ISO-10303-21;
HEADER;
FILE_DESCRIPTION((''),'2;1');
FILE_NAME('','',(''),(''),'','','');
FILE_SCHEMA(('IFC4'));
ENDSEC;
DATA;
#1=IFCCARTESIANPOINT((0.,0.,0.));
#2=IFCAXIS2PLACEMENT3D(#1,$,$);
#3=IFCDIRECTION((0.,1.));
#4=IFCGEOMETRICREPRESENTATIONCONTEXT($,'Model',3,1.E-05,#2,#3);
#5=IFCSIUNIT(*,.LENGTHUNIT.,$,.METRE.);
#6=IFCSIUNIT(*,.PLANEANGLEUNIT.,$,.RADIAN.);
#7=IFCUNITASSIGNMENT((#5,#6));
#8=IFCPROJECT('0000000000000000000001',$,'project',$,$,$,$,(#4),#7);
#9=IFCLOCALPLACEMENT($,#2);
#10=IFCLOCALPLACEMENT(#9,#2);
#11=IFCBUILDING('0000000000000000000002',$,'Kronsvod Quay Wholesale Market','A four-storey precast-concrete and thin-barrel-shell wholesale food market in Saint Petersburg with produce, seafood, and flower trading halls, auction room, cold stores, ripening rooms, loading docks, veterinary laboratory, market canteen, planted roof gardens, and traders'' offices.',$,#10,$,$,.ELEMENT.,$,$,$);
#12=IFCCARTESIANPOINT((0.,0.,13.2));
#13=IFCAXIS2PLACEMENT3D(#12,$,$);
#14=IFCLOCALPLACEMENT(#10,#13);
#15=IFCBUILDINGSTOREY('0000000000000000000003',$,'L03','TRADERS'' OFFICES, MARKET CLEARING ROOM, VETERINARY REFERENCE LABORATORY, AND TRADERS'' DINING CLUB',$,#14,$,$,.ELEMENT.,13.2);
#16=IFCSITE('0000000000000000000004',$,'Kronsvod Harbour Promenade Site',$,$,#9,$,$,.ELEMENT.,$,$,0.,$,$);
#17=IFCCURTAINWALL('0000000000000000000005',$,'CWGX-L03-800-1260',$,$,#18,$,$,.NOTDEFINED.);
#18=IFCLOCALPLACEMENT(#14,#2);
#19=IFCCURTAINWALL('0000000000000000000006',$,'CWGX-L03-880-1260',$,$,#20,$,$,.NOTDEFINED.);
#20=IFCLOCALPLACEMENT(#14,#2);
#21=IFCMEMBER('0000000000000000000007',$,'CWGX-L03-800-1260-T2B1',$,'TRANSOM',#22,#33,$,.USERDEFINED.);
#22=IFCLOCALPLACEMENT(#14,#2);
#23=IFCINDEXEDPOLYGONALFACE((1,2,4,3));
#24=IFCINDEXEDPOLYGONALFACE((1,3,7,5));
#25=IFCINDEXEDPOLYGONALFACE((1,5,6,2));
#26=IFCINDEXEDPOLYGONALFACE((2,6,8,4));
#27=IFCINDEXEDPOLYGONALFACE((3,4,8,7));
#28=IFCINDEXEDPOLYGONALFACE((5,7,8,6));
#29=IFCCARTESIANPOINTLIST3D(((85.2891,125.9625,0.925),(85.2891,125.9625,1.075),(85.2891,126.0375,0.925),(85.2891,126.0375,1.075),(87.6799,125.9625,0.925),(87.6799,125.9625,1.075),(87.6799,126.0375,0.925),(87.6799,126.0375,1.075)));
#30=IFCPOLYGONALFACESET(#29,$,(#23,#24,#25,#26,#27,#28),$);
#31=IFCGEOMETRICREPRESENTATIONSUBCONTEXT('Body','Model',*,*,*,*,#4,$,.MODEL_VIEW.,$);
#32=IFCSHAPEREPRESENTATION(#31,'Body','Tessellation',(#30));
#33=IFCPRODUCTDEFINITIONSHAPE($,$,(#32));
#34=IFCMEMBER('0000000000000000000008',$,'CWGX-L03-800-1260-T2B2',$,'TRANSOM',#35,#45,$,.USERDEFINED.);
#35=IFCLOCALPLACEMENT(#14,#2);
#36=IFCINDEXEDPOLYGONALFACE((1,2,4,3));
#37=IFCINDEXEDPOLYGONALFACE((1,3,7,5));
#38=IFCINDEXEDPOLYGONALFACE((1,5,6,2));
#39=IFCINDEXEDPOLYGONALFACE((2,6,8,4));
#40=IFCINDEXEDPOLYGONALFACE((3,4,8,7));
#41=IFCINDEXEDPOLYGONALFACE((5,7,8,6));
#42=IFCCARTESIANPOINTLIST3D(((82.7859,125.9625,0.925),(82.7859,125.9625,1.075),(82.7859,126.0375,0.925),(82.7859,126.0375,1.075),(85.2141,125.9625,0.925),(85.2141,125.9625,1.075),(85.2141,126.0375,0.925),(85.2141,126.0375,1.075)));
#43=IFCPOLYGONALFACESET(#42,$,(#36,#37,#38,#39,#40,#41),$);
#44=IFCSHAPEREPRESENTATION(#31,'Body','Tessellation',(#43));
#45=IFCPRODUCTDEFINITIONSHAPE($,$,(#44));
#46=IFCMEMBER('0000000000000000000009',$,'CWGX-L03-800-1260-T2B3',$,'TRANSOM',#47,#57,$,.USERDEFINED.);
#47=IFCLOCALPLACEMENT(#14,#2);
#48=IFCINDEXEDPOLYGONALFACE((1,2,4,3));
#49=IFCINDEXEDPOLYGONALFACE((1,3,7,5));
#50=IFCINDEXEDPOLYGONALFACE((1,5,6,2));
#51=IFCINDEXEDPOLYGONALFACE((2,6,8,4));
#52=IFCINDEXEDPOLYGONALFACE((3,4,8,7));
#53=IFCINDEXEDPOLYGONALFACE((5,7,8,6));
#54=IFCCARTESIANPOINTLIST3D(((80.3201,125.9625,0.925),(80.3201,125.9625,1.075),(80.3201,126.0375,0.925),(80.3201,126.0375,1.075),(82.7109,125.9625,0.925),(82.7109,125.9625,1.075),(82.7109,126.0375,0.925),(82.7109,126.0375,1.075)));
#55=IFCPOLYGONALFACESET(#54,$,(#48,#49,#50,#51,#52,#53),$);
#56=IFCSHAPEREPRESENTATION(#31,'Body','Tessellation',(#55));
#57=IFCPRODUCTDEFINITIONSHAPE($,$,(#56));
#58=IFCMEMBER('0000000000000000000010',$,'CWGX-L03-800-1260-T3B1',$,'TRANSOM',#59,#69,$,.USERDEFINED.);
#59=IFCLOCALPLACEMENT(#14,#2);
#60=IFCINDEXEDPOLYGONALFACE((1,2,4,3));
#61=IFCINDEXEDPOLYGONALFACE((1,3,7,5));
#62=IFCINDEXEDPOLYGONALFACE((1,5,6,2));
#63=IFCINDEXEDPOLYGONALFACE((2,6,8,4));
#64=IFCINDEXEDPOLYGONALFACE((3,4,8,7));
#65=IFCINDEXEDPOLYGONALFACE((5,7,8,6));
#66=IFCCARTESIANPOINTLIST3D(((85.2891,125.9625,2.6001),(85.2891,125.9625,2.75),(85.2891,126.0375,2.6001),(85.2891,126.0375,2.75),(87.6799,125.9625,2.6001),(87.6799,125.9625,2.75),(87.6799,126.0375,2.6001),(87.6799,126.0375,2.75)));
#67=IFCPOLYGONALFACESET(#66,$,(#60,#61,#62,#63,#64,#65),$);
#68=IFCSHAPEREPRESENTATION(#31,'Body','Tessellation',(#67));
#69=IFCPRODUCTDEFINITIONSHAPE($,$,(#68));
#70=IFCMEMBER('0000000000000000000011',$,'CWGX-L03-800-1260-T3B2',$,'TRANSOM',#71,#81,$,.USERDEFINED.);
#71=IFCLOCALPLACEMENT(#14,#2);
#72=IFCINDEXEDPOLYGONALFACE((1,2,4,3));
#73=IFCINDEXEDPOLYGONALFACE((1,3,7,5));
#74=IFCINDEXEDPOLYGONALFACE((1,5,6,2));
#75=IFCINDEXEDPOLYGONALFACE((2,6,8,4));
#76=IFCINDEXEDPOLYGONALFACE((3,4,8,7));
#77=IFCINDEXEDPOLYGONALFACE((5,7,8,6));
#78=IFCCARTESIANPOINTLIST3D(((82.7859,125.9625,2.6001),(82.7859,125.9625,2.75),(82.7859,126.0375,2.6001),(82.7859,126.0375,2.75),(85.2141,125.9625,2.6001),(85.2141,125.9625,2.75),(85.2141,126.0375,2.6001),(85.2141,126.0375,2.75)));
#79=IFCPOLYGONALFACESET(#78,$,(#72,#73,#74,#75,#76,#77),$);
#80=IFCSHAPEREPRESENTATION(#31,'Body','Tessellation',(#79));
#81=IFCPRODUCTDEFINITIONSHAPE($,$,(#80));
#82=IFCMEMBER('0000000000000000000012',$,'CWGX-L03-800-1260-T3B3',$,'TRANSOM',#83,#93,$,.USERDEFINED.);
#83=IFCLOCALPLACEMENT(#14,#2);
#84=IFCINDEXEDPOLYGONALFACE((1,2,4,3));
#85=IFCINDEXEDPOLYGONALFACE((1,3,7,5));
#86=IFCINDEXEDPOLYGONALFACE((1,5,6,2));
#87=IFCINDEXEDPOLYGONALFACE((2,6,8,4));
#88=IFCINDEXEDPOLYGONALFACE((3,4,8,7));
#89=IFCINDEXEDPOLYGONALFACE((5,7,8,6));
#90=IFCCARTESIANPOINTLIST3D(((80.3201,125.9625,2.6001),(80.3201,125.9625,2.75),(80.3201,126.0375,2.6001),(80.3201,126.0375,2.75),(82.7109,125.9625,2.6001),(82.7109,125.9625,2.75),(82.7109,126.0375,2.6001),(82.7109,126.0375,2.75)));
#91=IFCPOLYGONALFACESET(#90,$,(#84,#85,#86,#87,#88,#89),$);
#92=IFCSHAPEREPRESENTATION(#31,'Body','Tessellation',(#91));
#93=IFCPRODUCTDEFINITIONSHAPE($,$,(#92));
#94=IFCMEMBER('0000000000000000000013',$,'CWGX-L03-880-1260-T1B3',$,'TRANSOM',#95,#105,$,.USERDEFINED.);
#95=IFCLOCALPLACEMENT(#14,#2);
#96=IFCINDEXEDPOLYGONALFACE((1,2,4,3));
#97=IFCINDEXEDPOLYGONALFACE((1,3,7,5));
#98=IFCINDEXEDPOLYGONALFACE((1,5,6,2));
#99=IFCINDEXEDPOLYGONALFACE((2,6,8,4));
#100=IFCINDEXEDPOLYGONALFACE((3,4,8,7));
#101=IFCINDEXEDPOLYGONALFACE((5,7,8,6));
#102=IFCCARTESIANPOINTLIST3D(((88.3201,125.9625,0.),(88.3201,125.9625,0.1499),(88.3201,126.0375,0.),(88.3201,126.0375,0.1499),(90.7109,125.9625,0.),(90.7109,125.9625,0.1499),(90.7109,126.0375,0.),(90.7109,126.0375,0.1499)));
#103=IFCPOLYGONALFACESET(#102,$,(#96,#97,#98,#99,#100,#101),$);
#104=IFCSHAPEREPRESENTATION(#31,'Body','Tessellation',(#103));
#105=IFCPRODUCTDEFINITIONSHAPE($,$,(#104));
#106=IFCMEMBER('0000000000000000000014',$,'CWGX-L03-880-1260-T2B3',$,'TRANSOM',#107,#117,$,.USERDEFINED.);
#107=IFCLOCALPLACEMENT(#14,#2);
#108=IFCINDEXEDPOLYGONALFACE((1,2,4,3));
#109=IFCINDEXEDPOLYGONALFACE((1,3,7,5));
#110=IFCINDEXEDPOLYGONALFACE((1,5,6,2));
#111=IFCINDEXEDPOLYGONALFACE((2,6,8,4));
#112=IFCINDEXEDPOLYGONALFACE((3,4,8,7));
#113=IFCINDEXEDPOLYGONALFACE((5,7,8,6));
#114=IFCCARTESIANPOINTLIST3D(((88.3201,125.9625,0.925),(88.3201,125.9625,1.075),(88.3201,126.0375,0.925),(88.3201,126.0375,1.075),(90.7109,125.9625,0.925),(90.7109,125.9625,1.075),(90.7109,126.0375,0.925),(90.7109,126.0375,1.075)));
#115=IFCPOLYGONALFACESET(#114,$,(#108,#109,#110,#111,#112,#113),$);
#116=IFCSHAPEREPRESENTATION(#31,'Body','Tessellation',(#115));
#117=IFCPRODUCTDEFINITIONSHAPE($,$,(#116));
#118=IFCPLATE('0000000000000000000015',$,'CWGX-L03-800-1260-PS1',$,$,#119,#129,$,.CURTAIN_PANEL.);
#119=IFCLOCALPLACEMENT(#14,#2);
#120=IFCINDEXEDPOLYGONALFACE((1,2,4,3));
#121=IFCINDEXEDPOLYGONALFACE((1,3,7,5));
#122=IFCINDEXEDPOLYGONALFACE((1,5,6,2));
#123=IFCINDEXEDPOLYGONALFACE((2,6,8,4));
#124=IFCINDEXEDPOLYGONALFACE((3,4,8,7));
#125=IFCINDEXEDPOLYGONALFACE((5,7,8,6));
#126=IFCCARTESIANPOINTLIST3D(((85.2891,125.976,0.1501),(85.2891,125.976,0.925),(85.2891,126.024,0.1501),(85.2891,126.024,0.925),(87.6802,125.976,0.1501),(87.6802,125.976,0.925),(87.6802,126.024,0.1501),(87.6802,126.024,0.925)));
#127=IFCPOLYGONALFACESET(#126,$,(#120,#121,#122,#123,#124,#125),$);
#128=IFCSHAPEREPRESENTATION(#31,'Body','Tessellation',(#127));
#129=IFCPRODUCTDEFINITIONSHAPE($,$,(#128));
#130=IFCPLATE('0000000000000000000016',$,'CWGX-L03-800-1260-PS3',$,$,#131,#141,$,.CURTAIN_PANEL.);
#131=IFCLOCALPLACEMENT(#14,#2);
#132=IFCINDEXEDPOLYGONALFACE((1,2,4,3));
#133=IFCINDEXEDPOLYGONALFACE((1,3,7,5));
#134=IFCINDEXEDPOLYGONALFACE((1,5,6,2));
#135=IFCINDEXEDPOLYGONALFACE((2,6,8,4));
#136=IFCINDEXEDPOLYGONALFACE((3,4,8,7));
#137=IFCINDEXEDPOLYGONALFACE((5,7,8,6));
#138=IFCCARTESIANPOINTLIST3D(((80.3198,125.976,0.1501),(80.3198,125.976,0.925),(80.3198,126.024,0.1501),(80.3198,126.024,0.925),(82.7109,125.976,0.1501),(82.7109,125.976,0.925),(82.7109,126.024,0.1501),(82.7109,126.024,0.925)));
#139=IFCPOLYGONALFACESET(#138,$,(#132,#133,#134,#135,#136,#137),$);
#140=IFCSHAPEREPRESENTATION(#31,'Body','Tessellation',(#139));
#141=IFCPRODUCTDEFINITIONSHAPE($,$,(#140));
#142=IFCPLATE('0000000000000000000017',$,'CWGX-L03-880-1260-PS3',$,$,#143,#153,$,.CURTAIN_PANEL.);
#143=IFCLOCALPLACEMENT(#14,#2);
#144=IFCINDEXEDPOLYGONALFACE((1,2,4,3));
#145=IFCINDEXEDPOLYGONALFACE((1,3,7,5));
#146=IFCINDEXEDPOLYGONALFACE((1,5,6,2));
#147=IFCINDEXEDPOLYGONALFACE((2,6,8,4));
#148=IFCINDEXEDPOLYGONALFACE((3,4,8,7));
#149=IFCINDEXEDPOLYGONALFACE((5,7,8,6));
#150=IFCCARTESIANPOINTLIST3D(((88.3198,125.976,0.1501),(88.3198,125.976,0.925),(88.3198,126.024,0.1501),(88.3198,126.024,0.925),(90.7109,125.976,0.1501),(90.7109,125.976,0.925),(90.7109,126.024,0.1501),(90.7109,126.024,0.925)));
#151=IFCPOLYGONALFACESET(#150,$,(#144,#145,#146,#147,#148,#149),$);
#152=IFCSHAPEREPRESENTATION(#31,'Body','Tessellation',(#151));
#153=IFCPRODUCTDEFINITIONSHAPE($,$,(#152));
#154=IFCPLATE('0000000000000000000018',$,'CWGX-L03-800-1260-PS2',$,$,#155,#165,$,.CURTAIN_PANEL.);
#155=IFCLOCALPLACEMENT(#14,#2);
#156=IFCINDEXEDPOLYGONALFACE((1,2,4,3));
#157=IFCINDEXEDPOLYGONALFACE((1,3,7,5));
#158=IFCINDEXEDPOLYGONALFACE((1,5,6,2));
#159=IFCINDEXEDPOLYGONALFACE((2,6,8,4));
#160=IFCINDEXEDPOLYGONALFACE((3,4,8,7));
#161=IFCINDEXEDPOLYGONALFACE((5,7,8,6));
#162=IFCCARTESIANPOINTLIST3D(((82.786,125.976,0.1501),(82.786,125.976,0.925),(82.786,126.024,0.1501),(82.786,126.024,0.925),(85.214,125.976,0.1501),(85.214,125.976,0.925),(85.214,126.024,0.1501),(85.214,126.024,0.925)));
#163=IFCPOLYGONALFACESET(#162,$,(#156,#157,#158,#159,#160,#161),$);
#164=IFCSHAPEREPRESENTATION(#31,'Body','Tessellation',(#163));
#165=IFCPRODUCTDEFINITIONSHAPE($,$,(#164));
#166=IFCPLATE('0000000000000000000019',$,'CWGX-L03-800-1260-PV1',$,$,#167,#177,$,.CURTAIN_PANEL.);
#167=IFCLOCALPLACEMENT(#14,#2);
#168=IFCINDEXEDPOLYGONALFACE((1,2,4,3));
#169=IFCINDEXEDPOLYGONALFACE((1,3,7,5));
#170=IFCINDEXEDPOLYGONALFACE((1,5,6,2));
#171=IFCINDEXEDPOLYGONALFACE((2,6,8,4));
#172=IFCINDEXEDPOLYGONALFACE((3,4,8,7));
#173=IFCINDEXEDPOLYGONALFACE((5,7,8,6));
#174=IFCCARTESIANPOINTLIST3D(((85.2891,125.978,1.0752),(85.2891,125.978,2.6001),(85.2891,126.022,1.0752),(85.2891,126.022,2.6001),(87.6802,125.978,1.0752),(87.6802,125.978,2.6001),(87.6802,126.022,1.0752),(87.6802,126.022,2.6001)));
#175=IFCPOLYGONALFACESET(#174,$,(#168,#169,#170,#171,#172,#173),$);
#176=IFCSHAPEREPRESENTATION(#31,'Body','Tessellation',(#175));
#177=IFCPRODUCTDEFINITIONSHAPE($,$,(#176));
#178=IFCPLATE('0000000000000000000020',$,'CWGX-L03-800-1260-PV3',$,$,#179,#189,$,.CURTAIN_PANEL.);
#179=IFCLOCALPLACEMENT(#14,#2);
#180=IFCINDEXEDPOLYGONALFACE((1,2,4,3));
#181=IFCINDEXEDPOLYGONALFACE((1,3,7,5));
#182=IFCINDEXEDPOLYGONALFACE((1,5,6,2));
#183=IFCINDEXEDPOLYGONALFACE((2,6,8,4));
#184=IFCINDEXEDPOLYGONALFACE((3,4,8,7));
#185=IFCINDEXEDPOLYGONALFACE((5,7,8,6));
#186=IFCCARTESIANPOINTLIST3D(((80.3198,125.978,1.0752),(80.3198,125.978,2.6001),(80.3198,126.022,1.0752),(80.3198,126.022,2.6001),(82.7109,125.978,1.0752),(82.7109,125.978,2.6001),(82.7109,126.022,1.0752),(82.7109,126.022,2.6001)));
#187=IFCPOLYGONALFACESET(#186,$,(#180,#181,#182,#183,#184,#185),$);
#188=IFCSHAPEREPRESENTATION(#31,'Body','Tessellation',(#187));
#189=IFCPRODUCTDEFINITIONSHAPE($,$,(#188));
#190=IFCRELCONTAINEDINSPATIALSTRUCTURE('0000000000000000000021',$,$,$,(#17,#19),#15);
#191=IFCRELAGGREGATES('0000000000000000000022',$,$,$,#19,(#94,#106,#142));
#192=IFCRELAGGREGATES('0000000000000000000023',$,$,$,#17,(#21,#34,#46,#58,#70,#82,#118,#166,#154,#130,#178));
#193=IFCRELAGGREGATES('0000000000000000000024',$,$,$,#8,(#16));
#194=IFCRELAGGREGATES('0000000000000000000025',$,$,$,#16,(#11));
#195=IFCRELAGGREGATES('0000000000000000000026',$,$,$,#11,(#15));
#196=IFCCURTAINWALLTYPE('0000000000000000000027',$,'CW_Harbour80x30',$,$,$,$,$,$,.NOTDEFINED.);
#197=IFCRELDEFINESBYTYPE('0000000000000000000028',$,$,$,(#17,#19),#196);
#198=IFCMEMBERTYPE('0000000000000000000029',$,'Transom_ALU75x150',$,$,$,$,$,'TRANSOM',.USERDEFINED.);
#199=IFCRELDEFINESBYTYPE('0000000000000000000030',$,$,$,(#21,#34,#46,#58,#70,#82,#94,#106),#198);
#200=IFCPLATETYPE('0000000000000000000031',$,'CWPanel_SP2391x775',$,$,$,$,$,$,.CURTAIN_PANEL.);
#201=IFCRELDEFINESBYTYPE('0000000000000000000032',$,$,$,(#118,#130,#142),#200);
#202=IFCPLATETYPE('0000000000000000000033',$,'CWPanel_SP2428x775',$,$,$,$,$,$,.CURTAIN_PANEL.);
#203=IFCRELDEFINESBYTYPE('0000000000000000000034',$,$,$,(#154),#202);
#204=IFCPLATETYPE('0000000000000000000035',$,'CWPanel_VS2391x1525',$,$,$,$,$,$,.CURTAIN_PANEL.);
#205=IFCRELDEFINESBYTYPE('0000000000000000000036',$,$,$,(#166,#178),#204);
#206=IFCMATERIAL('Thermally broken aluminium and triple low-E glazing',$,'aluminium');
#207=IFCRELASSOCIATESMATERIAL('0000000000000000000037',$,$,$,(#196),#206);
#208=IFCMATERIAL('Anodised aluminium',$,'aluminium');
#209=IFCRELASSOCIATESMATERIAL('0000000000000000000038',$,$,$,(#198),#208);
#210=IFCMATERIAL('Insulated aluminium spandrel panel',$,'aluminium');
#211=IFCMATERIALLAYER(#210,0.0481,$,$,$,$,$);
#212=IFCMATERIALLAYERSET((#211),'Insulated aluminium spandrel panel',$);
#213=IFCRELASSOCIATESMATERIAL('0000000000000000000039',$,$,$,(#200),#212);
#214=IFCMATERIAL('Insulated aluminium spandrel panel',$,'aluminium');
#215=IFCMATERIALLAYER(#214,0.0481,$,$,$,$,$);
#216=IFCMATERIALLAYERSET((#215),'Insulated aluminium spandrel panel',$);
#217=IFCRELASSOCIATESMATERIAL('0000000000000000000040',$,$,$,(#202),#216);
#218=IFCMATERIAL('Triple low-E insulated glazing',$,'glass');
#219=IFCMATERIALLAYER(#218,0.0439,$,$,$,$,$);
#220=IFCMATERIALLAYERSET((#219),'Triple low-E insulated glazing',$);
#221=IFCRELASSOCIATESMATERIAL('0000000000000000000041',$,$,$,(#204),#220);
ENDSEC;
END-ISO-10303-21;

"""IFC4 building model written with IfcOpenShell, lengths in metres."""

from ifc_helpers import new_model, si_unit, direction, frame, origin, origin_2d, place, context, subcontext, project, spatial, rectangle, extrude, material, layer, layer_set, material_profile, profile_set, type_object, element, aggregate, save


model = new_model("IFC4")

# Units and contexts
model_context = context("Model", 3, precision=1e-05, world=origin(), true_north=direction((0.0, 1.0)))
body_context = subcontext(model_context, "Body", "Model", "MODEL_VIEW")
ifc_project = project(units=[si_unit("LENGTHUNIT", "METRE"), si_unit("PLANEANGLEUNIT", "RADIAN")], contexts=[model_context])

# Site, building, storey
site_placement = place(None, origin())
site = spatial("IfcSite", under=ifc_project, at=site_placement, Name="Kronsvod Harbour Promenade Site", CompositionType="ELEMENT", RefElevation=0.0)
building_placement = place(site_placement, origin())
building = spatial("IfcBuilding", under=site, at=building_placement, Name="Kronsvod Quay Wholesale Market", Description="A four-storey precast-concrete and thin-barrel-shell wholesale food market in Saint Petersburg with produce, seafood, and flower trading halls, auction room, cold stores, ripening rooms, loading docks, veterinary laboratory, market canteen, planted roof gardens, and traders' offices.", CompositionType="ELEMENT")
storey_placement = place(building_placement, frame((0.0, 0.0, 13.2)))
storey = spatial("IfcBuildingStorey", under=building, at=storey_placement, Name="L03", Description="TRADERS' OFFICES, MARKET CLEARING ROOM, VETERINARY REFERENCE LABORATORY, AND TRADERS' DINING CLUB", CompositionType="ELEMENT", Elevation=13.2)

# Curtain wall
ifc_material_1 = material(Name="Thermally broken aluminium and triple low-E glazing", Category="aluminium")
curtain_wall_type = type_object("IfcCurtainWallType", Name="CW_Harbour80x30", PredefinedType="NOTDEFINED", material=ifc_material_1)
curtain_wall_1_placement = place(storey_placement, origin())
curtain_wall_1 = element("IfcCurtainWall", 1, at=curtain_wall_1_placement, inside=storey, type_object=curtain_wall_type, Name="CWGX-L03-800-1260", PredefinedType="NOTDEFINED")

# Curtain wall
curtain_wall_2_placement = place(storey_placement, origin())
curtain_wall_2 = element("IfcCurtainWall", 2, at=curtain_wall_2_placement, inside=storey, type_object=curtain_wall_type, Name="CWGX-L03-880-1260", PredefinedType="NOTDEFINED")

# Members
ifc_material_2 = material(Name="Anodised aluminium", Category="aluminium")
ifc_material_profile_1 = material_profile(ifc_material_2, rectangle(XDim=0.075, YDim=0.1499, at=origin_2d()), Name="ALUT75x150")
ifc_profile_set_1 = profile_set([ifc_material_profile_1], Name="Anodised aluminium")
member_type_1 = type_object("IfcMemberType", Name="Transom_ALU75x150", ElementType="TRANSOM", PredefinedType="USERDEFINED", material=ifc_profile_set_1)
member_1_placement = place(storey_placement, frame((87.6799, 126.0, 1.0), z_axis=(-1.0, 0.0, 0.0), x_axis=(0.0, -1.0, 0.0)))
member_1 = element("IfcMember", 3, at=member_1_placement, type_object=member_type_1, Name="CWGX-L03-800-1260-T2B1", ObjectType="TRANSOM", PredefinedType="USERDEFINED", context=body_context, shape_type="SweptSolid", body=[
    extrude(rectangle(XDim=0.075, YDim=0.1499, at=origin_2d()), origin(), (0.0, 0.0, 1.0), 2.3909),
])
member_2_placement = place(storey_placement, frame((85.2141, 126.0, 1.0), z_axis=(-1.0, 0.0, 0.0), x_axis=(0.0, -1.0, 0.0)))
member_2 = element("IfcMember", 4, at=member_2_placement, type_object=member_type_1, Name="CWGX-L03-800-1260-T2B2", ObjectType="TRANSOM", PredefinedType="USERDEFINED", context=body_context, shape_type="SweptSolid", body=[
    extrude(rectangle(XDim=0.075, YDim=0.1499, at=origin_2d()), origin(), (0.0, 0.0, 1.0), 2.4282),
])
member_3_placement = place(storey_placement, frame((82.7109, 126.0, 1.0), z_axis=(-1.0, 0.0, 0.0), x_axis=(0.0, -1.0, 0.0)))
member_3 = element("IfcMember", 5, at=member_3_placement, type_object=member_type_1, Name="CWGX-L03-800-1260-T2B3", ObjectType="TRANSOM", PredefinedType="USERDEFINED", context=body_context, shape_type="SweptSolid", body=[
    extrude(rectangle(XDim=0.075, YDim=0.1499, at=origin_2d()), origin(), (0.0, 0.0, 1.0), 2.3909),
])
member_4_placement = place(storey_placement, frame((87.6799, 126.0, 2.675), z_axis=(-1.0, 0.0, 0.0), x_axis=(0.0, -1.0, 0.0)))
member_4 = element("IfcMember", 6, at=member_4_placement, type_object=member_type_1, Name="CWGX-L03-800-1260-T3B1", ObjectType="TRANSOM", PredefinedType="USERDEFINED", context=body_context, shape_type="SweptSolid", body=[
    extrude(rectangle(XDim=0.075, YDim=0.1499, at=origin_2d()), origin(), (0.0, 0.0, 1.0), 2.3909),
])
member_5_placement = place(storey_placement, frame((85.2141, 126.0, 2.675), z_axis=(-1.0, 0.0, 0.0), x_axis=(0.0, -1.0, 0.0)))
member_5 = element("IfcMember", 7, at=member_5_placement, type_object=member_type_1, Name="CWGX-L03-800-1260-T3B2", ObjectType="TRANSOM", PredefinedType="USERDEFINED", context=body_context, shape_type="SweptSolid", body=[
    extrude(rectangle(XDim=0.075, YDim=0.1499, at=origin_2d()), origin(), (0.0, 0.0, 1.0), 2.4282),
])
member_6_placement = place(storey_placement, frame((82.7109, 126.0, 2.675), z_axis=(-1.0, 0.0, 0.0), x_axis=(0.0, -1.0, 0.0)))
member_6 = element("IfcMember", 8, at=member_6_placement, type_object=member_type_1, Name="CWGX-L03-800-1260-T3B3", ObjectType="TRANSOM", PredefinedType="USERDEFINED", context=body_context, shape_type="SweptSolid", body=[
    extrude(rectangle(XDim=0.075, YDim=0.1499, at=origin_2d()), origin(), (0.0, 0.0, 1.0), 2.3909),
])
member_7_placement = place(storey_placement, frame((90.7109, 126.0, 0.075), z_axis=(-1.0, 0.0, 0.0), x_axis=(0.0, -1.0, 0.0)))
member_7 = element("IfcMember", 9, at=member_7_placement, type_object=member_type_1, Name="CWGX-L03-880-1260-T1B3", ObjectType="TRANSOM", PredefinedType="USERDEFINED", context=body_context, shape_type="SweptSolid", body=[
    extrude(rectangle(XDim=0.075, YDim=0.1499, at=origin_2d()), origin(), (0.0, 0.0, 1.0), 2.3909),
])
member_8_placement = place(storey_placement, frame((90.7109, 126.0, 1.0), z_axis=(-1.0, 0.0, 0.0), x_axis=(0.0, -1.0, 0.0)))
member_8 = element("IfcMember", 10, at=member_8_placement, type_object=member_type_1, Name="CWGX-L03-880-1260-T2B3", ObjectType="TRANSOM", PredefinedType="USERDEFINED", context=body_context, shape_type="SweptSolid", body=[
    extrude(rectangle(XDim=0.075, YDim=0.1499, at=origin_2d()), origin(), (0.0, 0.0, 1.0), 2.3909),
])

# Plates
ifc_material_3 = material(Name="Insulated aluminium spandrel panel", Category="aluminium")
ifc_layer_1 = layer(ifc_material_3, 0.0481)
ifc_layer_set_1 = layer_set([ifc_layer_1], Name="Insulated aluminium spandrel panel")
plate_type_1 = type_object("IfcPlateType", Name="CWPanel_SP2391x775", PredefinedType="CURTAIN_PANEL", material=ifc_layer_set_1)
plate_1_placement = place(storey_placement, frame((86.4846, 126.0, 0.1501), z_axis=(0.0, 0.0, 1.0), x_axis=(-1.0, 0.0, 0.0)))
plate_1 = element("IfcPlate", 11, at=plate_1_placement, type_object=plate_type_1, Name="CWGX-L03-800-1260-PS1", PredefinedType="CURTAIN_PANEL", context=body_context, shape_type="SweptSolid", body=[
    extrude(rectangle(XDim=2.3911, YDim=0.0481, at=origin_2d()), origin(), (0.0, 0.0, 1.0), 0.7749),
])
plate_2_placement = place(storey_placement, frame((81.5154, 126.0, 0.1501), z_axis=(0.0, 0.0, 1.0), x_axis=(-1.0, 0.0, 0.0)))
plate_2 = element("IfcPlate", 12, at=plate_2_placement, type_object=plate_type_1, Name="CWGX-L03-800-1260-PS3", PredefinedType="CURTAIN_PANEL", context=body_context, shape_type="SweptSolid", body=[
    extrude(rectangle(XDim=2.3911, YDim=0.0481, at=origin_2d()), origin(), (0.0, 0.0, 1.0), 0.7749),
])
plate_3_placement = place(storey_placement, frame((89.5154, 126.0, 0.1501), z_axis=(0.0, 0.0, 1.0), x_axis=(-1.0, 0.0, 0.0)))
plate_3 = element("IfcPlate", 13, at=plate_3_placement, type_object=plate_type_1, Name="CWGX-L03-880-1260-PS3", PredefinedType="CURTAIN_PANEL", context=body_context, shape_type="SweptSolid", body=[
    extrude(rectangle(XDim=2.3911, YDim=0.0481, at=origin_2d()), origin(), (0.0, 0.0, 1.0), 0.7749),
])
ifc_material_4 = material(Name="Insulated aluminium spandrel panel", Category="aluminium")
ifc_layer_2 = layer(ifc_material_4, 0.0481)
ifc_layer_set_2 = layer_set([ifc_layer_2], Name="Insulated aluminium spandrel panel")
plate_type_2 = type_object("IfcPlateType", Name="CWPanel_SP2428x775", PredefinedType="CURTAIN_PANEL", material=ifc_layer_set_2)
plate_4_placement = place(storey_placement, frame((84.0, 126.0, 0.1501), z_axis=(0.0, 0.0, 1.0), x_axis=(-1.0, 0.0, 0.0)))
plate_4 = element("IfcPlate", 14, at=plate_4_placement, type_object=plate_type_2, Name="CWGX-L03-800-1260-PS2", PredefinedType="CURTAIN_PANEL", context=body_context, shape_type="SweptSolid", body=[
    extrude(rectangle(XDim=2.428, YDim=0.0481, at=origin_2d()), origin(), (0.0, 0.0, 1.0), 0.7749),
])
ifc_material_5 = material(Name="Triple low-E insulated glazing", Category="glass")
ifc_layer_3 = layer(ifc_material_5, 0.0439)
ifc_layer_set_3 = layer_set([ifc_layer_3], Name="Triple low-E insulated glazing")
plate_type_3 = type_object("IfcPlateType", Name="CWPanel_VS2391x1525", PredefinedType="CURTAIN_PANEL", material=ifc_layer_set_3)
plate_5_placement = place(storey_placement, frame((86.4846, 126.0, 1.0752), z_axis=(0.0, 0.0, 1.0), x_axis=(-1.0, 0.0, 0.0)))
plate_5 = element("IfcPlate", 15, at=plate_5_placement, type_object=plate_type_3, Name="CWGX-L03-800-1260-PV1", PredefinedType="CURTAIN_PANEL", context=body_context, shape_type="SweptSolid", body=[
    extrude(rectangle(XDim=2.3911, YDim=0.0439, at=origin_2d()), origin(), (0.0, 0.0, 1.0), 1.5249),
])
plate_6_placement = place(storey_placement, frame((81.5154, 126.0, 1.0752), z_axis=(0.0, 0.0, 1.0), x_axis=(-1.0, 0.0, 0.0)))
plate_6 = element("IfcPlate", 16, at=plate_6_placement, type_object=plate_type_3, Name="CWGX-L03-800-1260-PV3", PredefinedType="CURTAIN_PANEL", context=body_context, shape_type="SweptSolid", body=[
    extrude(rectangle(XDim=2.3911, YDim=0.0439, at=origin_2d()), origin(), (0.0, 0.0, 1.0), 1.5249),
])
aggregate(curtain_wall_2, [member_7, member_8, plate_3])
aggregate(curtain_wall_1, [member_1, member_2, member_3, member_4, member_5, member_6, plate_1, plate_5, plate_4, plate_2, plate_6])

save(model, "model.ifc")
